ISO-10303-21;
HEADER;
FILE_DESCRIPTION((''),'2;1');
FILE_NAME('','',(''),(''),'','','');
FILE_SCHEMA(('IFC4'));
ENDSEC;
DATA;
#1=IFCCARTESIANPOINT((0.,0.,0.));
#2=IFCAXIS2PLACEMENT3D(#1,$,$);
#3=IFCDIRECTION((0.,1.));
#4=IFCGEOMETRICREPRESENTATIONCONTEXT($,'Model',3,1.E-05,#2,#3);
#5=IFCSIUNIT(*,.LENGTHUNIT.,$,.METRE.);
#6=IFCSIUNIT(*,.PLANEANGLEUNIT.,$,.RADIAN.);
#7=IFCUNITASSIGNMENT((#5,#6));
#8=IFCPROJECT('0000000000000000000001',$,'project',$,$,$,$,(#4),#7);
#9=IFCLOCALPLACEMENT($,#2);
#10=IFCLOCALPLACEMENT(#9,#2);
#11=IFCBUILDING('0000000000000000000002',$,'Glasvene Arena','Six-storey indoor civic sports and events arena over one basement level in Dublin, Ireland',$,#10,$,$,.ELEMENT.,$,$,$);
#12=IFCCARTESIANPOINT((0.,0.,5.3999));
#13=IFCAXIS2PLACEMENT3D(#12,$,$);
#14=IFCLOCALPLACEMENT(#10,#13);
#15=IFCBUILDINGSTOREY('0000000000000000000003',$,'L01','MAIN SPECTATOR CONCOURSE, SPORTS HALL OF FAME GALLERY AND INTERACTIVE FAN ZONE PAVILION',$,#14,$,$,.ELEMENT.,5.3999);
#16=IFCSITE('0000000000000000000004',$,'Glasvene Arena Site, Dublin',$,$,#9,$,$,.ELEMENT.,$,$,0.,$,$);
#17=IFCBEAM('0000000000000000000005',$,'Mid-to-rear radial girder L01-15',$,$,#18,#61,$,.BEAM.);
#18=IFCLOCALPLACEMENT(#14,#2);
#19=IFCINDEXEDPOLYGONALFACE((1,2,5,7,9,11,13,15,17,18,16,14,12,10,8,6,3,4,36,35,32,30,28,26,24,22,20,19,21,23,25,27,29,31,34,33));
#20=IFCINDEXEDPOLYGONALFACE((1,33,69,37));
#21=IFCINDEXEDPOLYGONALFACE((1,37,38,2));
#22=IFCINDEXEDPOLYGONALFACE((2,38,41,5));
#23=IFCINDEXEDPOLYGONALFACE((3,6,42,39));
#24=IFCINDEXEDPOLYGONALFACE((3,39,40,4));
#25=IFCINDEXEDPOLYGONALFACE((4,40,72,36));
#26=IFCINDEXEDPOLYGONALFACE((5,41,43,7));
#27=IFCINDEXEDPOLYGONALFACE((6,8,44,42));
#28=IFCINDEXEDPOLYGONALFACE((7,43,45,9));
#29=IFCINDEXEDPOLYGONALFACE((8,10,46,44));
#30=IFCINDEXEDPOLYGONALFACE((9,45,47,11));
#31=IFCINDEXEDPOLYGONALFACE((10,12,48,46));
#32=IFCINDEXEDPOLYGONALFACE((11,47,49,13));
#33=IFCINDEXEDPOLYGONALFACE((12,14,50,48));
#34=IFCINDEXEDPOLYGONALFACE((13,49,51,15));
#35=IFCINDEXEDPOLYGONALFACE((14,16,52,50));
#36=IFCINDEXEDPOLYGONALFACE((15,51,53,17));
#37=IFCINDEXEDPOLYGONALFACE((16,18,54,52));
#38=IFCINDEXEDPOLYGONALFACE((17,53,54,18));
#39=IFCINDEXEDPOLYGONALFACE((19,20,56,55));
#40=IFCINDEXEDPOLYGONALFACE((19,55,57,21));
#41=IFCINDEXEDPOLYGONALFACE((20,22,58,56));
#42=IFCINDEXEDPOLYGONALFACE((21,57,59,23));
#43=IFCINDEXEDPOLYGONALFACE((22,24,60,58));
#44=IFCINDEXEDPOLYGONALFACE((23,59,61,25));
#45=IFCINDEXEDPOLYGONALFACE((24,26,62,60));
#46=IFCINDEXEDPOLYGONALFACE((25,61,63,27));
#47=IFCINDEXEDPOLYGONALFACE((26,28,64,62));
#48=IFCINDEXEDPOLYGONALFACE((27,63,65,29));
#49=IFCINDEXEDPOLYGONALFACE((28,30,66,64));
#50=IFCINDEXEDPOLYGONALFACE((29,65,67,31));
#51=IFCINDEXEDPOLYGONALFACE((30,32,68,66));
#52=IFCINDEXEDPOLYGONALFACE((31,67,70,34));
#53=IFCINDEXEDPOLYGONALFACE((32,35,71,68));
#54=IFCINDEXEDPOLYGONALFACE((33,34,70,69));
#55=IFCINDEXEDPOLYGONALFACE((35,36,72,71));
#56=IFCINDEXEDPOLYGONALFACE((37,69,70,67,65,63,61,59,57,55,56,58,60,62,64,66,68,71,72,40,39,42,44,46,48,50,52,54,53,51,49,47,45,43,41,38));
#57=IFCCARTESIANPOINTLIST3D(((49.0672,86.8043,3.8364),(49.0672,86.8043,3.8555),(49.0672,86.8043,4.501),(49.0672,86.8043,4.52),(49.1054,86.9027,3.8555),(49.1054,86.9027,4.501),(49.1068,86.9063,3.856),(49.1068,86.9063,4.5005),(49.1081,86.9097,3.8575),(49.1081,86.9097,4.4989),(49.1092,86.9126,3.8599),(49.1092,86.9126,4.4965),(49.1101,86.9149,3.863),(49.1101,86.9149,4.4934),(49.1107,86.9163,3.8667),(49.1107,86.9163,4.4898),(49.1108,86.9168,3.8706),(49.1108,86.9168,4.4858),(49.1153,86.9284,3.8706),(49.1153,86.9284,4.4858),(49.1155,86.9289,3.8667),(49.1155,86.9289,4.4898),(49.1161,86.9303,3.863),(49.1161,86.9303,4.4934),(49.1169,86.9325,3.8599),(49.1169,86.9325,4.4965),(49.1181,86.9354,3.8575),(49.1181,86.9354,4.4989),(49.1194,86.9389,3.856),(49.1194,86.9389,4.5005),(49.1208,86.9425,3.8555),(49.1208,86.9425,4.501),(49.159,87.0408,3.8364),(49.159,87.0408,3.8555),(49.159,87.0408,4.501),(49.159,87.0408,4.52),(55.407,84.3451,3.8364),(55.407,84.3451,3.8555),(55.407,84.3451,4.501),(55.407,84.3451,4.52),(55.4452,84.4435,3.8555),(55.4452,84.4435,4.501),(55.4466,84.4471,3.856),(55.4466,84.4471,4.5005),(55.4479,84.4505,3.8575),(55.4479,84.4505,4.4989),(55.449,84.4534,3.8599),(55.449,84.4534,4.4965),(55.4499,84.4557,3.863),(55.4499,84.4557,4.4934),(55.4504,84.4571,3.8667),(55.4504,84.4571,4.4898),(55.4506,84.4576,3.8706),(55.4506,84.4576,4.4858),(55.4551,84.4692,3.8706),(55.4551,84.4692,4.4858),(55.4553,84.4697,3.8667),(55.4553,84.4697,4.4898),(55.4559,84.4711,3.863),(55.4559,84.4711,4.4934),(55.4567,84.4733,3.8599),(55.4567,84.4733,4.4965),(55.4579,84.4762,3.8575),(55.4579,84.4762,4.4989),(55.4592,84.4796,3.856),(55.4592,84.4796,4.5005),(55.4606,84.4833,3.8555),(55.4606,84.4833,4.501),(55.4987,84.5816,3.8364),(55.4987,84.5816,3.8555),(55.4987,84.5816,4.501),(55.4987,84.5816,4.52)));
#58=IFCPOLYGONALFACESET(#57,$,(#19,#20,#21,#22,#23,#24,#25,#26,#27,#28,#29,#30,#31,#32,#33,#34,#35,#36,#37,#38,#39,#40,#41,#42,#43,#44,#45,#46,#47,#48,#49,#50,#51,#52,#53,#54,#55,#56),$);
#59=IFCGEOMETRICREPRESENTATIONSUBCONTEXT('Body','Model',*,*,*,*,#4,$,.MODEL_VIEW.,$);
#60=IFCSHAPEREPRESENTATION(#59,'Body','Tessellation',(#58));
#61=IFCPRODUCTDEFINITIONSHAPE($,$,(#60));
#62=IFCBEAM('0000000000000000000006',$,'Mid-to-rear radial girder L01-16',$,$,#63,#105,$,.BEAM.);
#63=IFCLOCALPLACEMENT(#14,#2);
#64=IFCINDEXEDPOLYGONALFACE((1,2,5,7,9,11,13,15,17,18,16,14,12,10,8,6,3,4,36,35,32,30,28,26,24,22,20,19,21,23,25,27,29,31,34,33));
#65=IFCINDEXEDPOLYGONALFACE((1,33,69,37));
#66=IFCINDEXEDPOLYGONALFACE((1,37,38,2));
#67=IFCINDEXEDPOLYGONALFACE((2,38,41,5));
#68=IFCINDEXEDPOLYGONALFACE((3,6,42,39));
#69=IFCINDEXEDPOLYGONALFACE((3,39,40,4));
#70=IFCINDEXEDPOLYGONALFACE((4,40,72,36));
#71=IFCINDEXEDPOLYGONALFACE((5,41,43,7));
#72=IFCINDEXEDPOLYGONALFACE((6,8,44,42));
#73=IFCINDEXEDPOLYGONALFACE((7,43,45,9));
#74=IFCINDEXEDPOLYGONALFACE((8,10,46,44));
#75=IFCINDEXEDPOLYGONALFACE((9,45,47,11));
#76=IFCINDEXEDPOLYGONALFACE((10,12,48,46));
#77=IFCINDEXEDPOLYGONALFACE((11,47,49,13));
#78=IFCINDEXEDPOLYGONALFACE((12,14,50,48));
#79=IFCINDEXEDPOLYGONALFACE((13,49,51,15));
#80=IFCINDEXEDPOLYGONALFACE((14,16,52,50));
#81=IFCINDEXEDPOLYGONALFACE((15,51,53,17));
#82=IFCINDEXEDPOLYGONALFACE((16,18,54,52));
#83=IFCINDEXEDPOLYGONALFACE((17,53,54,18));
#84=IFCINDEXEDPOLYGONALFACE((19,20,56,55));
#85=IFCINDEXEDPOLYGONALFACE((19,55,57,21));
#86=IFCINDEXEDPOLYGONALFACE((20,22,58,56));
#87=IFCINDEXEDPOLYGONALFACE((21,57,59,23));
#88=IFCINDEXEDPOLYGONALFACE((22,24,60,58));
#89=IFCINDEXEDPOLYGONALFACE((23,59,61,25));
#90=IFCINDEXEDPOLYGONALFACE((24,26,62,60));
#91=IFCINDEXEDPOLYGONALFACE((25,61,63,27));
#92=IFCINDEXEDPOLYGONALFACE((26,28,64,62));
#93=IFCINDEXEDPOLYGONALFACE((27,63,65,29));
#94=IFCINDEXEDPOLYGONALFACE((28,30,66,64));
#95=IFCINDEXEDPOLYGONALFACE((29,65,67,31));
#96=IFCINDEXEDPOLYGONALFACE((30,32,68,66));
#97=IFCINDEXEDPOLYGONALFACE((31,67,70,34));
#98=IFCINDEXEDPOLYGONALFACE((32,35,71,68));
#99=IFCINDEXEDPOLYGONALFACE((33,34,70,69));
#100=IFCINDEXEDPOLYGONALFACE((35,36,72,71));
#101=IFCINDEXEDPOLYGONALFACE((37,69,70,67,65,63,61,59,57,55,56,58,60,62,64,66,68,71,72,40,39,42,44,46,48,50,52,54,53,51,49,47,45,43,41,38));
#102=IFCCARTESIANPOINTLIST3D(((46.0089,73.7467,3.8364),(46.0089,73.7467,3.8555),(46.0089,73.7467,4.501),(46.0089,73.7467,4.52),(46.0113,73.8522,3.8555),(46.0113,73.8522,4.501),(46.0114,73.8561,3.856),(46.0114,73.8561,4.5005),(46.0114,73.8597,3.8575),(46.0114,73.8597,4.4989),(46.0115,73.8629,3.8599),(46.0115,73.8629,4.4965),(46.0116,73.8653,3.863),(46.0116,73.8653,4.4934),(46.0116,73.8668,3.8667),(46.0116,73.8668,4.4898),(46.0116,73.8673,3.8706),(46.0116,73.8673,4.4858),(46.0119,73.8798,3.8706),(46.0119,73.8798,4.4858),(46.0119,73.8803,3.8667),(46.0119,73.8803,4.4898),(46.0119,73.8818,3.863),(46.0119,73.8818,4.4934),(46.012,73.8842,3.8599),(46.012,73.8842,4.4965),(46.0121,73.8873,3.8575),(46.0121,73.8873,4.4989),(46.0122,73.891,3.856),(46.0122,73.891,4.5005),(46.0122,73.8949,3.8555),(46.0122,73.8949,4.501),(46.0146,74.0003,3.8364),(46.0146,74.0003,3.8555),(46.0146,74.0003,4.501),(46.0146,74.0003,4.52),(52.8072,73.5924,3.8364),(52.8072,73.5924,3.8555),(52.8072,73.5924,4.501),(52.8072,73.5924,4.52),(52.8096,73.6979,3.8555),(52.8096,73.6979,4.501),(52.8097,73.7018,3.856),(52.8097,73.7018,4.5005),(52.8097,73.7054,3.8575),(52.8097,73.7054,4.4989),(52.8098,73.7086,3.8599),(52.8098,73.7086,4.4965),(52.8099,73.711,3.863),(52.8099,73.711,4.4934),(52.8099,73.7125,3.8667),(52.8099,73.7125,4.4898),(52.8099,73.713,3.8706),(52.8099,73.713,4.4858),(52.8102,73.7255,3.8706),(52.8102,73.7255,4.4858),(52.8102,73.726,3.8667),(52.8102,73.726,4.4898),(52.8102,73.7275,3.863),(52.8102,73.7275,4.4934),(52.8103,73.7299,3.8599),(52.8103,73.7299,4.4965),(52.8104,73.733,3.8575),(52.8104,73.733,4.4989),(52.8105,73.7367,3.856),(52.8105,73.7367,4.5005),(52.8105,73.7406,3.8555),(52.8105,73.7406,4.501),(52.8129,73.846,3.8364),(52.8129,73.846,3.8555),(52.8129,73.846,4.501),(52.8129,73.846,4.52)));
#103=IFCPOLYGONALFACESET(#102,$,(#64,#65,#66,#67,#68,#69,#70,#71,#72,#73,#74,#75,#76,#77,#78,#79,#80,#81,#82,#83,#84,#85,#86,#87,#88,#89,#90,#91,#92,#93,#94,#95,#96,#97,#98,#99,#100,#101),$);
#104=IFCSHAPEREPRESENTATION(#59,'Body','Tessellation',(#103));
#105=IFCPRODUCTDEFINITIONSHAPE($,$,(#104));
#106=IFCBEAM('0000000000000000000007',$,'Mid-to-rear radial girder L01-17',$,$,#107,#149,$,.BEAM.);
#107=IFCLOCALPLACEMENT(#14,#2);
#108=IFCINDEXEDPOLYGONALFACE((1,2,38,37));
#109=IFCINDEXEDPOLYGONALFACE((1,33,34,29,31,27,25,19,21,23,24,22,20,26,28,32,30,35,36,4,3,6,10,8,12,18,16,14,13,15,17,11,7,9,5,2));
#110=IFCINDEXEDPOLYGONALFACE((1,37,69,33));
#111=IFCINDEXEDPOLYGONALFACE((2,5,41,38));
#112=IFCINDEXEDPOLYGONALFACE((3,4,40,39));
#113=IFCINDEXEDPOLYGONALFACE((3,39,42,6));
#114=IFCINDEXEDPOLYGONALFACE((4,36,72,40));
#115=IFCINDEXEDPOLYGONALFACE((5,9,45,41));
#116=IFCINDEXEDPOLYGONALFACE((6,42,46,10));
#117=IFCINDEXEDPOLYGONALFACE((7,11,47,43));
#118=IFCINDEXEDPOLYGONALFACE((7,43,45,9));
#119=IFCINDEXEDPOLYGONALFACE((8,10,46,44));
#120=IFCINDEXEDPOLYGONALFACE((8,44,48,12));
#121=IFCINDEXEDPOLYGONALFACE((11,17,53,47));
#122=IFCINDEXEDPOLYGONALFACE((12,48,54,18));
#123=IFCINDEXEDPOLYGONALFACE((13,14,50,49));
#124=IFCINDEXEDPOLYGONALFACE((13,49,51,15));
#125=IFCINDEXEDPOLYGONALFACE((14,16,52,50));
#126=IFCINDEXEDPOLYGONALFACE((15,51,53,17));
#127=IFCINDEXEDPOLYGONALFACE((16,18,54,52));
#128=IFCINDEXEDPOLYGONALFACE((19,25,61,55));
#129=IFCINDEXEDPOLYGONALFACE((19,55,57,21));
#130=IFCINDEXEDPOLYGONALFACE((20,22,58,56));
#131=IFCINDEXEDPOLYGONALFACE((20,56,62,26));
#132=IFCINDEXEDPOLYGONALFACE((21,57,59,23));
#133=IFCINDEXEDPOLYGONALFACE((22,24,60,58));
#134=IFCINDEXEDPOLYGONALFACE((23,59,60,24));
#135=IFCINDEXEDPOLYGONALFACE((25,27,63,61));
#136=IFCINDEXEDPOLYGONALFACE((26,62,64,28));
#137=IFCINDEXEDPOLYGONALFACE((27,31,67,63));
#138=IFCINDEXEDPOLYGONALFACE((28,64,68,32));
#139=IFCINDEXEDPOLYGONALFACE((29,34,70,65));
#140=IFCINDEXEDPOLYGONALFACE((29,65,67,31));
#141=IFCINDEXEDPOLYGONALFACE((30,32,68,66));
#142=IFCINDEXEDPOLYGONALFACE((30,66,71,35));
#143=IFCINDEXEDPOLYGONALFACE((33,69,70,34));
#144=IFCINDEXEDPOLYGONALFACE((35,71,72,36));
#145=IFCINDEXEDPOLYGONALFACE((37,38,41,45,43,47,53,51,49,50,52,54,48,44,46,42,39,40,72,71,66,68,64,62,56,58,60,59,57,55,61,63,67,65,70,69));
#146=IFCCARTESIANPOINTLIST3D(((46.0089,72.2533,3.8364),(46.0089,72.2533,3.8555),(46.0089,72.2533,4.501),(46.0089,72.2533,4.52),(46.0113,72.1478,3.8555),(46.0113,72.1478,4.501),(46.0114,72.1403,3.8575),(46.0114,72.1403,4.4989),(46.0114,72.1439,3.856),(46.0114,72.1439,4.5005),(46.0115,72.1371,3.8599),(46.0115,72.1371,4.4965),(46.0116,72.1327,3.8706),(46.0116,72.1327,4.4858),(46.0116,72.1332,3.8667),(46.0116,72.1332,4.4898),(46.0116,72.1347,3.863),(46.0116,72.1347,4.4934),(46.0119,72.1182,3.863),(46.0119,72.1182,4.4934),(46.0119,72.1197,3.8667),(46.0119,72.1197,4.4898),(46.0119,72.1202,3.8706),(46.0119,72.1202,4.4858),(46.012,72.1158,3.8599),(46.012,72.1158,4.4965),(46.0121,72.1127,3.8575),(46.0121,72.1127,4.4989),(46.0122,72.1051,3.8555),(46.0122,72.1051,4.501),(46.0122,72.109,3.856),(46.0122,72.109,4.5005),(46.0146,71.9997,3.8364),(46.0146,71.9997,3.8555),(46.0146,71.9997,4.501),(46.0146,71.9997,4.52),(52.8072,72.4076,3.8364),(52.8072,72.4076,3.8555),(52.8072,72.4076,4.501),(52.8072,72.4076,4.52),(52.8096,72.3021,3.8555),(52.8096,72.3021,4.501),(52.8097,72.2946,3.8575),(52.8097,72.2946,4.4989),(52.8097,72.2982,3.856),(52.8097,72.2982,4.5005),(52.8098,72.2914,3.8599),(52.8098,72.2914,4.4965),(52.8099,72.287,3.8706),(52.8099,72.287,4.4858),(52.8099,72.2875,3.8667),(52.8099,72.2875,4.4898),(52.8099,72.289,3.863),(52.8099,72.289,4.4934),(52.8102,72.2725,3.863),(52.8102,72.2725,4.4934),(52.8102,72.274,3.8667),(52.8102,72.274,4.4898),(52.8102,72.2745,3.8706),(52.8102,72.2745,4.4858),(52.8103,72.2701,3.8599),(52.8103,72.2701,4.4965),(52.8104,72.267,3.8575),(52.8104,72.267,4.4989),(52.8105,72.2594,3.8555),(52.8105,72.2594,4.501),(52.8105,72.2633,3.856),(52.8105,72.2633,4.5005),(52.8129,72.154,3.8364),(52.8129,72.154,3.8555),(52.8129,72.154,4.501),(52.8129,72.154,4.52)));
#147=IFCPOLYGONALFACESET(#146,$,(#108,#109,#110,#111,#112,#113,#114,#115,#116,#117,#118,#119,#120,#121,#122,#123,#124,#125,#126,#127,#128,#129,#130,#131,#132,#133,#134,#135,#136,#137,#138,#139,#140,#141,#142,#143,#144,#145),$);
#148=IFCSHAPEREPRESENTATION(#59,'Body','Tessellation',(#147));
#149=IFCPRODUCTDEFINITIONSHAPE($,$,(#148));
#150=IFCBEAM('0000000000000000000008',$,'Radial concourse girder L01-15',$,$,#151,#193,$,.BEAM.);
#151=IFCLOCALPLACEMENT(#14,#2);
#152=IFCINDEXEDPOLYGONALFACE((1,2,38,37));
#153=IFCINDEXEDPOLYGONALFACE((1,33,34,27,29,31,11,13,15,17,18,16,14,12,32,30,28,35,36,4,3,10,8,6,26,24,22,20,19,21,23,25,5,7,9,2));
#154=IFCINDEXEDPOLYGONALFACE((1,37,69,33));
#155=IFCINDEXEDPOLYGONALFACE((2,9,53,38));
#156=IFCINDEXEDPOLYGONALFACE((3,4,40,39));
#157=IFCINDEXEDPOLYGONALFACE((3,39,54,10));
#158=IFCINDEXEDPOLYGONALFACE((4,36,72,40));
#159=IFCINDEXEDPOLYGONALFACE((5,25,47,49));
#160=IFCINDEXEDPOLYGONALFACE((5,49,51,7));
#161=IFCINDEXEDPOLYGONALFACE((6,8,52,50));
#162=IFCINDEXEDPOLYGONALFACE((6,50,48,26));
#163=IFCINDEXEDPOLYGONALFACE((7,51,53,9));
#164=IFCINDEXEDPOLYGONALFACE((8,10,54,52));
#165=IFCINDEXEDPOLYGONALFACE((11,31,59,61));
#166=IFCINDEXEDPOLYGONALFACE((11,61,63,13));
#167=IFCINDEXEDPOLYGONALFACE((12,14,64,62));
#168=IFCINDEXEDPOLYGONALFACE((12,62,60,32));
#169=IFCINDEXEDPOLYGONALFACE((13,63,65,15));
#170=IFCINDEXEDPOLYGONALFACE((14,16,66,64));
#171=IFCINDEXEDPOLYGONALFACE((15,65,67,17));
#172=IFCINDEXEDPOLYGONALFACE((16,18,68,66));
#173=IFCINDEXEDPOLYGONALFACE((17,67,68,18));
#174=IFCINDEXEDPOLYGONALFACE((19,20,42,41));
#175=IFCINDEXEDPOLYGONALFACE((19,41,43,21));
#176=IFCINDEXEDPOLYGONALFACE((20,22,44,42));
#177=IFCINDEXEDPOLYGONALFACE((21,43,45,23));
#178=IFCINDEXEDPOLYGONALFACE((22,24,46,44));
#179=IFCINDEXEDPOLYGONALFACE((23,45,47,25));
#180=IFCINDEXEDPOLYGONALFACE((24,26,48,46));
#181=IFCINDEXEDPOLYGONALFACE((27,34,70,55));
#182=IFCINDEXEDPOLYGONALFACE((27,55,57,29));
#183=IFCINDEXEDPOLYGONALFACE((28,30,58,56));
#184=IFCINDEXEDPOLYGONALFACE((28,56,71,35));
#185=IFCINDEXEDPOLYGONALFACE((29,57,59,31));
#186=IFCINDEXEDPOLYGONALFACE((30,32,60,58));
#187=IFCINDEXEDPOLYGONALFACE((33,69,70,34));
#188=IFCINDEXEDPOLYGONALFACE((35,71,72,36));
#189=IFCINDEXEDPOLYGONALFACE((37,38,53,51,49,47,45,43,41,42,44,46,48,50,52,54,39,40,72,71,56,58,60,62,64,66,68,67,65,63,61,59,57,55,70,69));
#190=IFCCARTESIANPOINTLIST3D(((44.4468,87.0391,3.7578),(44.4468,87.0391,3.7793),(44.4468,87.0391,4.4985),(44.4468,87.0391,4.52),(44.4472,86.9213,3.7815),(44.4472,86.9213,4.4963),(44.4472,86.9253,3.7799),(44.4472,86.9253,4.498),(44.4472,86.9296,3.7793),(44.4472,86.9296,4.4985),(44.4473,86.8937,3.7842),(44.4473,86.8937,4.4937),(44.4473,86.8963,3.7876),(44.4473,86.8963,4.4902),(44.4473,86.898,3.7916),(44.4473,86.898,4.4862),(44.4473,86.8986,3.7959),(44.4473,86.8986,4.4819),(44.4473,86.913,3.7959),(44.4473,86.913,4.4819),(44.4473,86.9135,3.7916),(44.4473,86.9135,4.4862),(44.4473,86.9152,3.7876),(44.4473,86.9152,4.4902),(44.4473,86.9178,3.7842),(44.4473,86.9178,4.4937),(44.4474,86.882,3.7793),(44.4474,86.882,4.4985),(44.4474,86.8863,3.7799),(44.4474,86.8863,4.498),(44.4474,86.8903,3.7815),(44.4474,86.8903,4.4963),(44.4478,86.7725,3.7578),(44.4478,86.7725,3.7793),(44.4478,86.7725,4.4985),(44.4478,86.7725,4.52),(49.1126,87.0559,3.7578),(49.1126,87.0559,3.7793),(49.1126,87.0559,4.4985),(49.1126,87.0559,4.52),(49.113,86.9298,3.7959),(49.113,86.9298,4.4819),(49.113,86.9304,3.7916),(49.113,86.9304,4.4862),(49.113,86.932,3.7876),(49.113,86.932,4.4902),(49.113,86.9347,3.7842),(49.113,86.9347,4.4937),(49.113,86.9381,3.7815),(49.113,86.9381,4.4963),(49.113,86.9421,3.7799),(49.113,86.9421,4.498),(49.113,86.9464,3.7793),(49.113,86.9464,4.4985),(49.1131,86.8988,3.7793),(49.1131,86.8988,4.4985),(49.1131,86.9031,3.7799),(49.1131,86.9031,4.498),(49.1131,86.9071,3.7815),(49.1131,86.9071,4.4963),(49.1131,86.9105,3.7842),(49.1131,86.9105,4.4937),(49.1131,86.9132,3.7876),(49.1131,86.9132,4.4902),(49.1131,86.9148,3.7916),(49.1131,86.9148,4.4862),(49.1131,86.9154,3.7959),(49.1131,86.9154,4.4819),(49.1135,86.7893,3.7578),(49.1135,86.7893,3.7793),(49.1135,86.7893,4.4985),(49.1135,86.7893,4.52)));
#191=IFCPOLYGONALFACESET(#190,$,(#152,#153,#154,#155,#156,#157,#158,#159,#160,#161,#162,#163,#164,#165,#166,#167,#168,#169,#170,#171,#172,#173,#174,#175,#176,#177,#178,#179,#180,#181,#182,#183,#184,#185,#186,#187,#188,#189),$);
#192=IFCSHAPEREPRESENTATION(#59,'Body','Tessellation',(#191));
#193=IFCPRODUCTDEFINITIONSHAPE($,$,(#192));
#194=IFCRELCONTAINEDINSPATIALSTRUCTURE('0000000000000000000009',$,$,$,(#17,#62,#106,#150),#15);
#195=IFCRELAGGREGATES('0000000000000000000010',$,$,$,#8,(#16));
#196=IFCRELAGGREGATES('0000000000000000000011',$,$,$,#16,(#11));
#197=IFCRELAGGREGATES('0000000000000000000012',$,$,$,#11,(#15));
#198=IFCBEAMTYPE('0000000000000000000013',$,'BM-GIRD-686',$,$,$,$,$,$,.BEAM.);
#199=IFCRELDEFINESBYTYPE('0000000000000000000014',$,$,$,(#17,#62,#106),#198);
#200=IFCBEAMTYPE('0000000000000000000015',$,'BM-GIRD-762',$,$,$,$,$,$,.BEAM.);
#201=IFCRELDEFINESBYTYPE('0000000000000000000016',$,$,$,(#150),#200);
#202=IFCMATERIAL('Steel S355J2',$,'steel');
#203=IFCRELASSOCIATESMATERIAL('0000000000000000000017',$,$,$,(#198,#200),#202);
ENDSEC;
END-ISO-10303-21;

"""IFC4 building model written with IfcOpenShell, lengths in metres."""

from ifc_helpers import new_model, si_unit, direction, frame, origin, origin_2d, place, context, subcontext, project, spatial, i_section, extrude, material, material_profile, profile_set, type_object, element, save


model = new_model("IFC4")

# Units and contexts
model_context = context("Model", 3, precision=1e-05, world=origin(), true_north=direction((0.0, 1.0)))
body_context = subcontext(model_context, "Body", "Model", "MODEL_VIEW")
ifc_project = project(units=[si_unit("LENGTHUNIT", "METRE"), si_unit("PLANEANGLEUNIT", "RADIAN")], contexts=[model_context])

# Site, building, storey
site_placement = place(None, origin())
site = spatial("IfcSite", under=ifc_project, at=site_placement, Name="Glasvene Arena Site, Dublin", CompositionType="ELEMENT", RefElevation=0.0)
building_placement = place(site_placement, origin())
building = spatial("IfcBuilding", under=site, at=building_placement, Name="Glasvene Arena", Description="Six-storey indoor civic sports and events arena over one basement level in Dublin, Ireland", CompositionType="ELEMENT")
storey_placement = place(building_placement, frame((0.0, 0.0, 5.3999)))
storey = spatial("IfcBuildingStorey", under=building, at=storey_placement, Name="L01", Description="MAIN SPECTATOR CONCOURSE, SPORTS HALL OF FAME GALLERY AND INTERACTIVE FAN ZONE PAVILION", CompositionType="ELEMENT", Elevation=5.3999)

# Shared definitions
ifc_material_1 = material(Name="Steel S355J2", Category="steel")

# Beams
ifc_material_profile_1 = material_profile(ifc_material_1, i_section(OverallWidth=0.2537, OverallDepth=0.6836, WebThickness=0.0125, FlangeThickness=0.019, FilletRadius=0.0151, at=origin_2d()), Name="UKB 686x254x140")
ifc_profile_set_1 = profile_set([ifc_material_profile_1], Name="Steel S355J2")
beam_type_1 = type_object("IfcBeamType", Name="BM-GIRD-686", PredefinedType="BEAM", material=ifc_profile_set_1)
for number, where, z_axis, x_axis, name in (
    (1, (55.4529, 84.4634, 4.1782), (-0.932316, 0.361646, 0.0), (-0.361646, -0.932316, 0.0), "Mid-to-rear radial girder L01-15"),
    (2, (52.8101, 73.7192, 4.1782), (-0.999743, 0.02269, 0.0), (-0.02269, -0.999743, 0.0), "Mid-to-rear radial girder L01-16"),
    (3, (52.8101, 72.2808, 4.1782), (-0.999743, -0.02269, 0.0), (0.02269, -0.999743, 0.0), "Mid-to-rear radial girder L01-17"),
):
    element("IfcBeam", number, at=place(storey_placement, frame(where, z_axis=z_axis, x_axis=x_axis)), inside=storey, type_object=beam_type_1, Name=name, PredefinedType="BEAM", context=body_context, shape_type="SweptSolid", body=[
        extrude(i_section(OverallWidth=0.2537, OverallDepth=0.6836, WebThickness=0.0125, FlangeThickness=0.019, FilletRadius=0.0151, at=origin_2d()), origin(), (0.0, 0.0, 1.0), 6.8),
    ])
ifc_material_profile_2 = material_profile(ifc_material_1, i_section(OverallWidth=0.2666, OverallDepth=0.7622, WebThickness=0.0144, FlangeThickness=0.0215, FilletRadius=0.0166, at=origin_2d()), Name="UKB 762x267x173")
ifc_profile_set_2 = profile_set([ifc_material_profile_2], Name="Steel S355J2")
beam_type_2 = type_object("IfcBeamType", Name="BM-GIRD-762", PredefinedType="BEAM", material=ifc_profile_set_2)
beam_1_placement = place(storey_placement, frame((49.113, 86.9226, 4.1389), z_axis=(-0.999993, -0.00361, 0.0), x_axis=(0.00361, -0.999993, 0.0)))
element("IfcBeam", 4, at=beam_1_placement, inside=storey, type_object=beam_type_2, Name="Radial concourse girder L01-15", PredefinedType="BEAM", context=body_context, shape_type="SweptSolid", body=[
    extrude(i_section(OverallWidth=0.2666, OverallDepth=0.7622, WebThickness=0.0144, FlangeThickness=0.0215, FilletRadius=0.0166, at=origin_2d()), origin(), (0.0, 0.0, 1.0), 4.6658),
])

save(model, "model.ifc")
